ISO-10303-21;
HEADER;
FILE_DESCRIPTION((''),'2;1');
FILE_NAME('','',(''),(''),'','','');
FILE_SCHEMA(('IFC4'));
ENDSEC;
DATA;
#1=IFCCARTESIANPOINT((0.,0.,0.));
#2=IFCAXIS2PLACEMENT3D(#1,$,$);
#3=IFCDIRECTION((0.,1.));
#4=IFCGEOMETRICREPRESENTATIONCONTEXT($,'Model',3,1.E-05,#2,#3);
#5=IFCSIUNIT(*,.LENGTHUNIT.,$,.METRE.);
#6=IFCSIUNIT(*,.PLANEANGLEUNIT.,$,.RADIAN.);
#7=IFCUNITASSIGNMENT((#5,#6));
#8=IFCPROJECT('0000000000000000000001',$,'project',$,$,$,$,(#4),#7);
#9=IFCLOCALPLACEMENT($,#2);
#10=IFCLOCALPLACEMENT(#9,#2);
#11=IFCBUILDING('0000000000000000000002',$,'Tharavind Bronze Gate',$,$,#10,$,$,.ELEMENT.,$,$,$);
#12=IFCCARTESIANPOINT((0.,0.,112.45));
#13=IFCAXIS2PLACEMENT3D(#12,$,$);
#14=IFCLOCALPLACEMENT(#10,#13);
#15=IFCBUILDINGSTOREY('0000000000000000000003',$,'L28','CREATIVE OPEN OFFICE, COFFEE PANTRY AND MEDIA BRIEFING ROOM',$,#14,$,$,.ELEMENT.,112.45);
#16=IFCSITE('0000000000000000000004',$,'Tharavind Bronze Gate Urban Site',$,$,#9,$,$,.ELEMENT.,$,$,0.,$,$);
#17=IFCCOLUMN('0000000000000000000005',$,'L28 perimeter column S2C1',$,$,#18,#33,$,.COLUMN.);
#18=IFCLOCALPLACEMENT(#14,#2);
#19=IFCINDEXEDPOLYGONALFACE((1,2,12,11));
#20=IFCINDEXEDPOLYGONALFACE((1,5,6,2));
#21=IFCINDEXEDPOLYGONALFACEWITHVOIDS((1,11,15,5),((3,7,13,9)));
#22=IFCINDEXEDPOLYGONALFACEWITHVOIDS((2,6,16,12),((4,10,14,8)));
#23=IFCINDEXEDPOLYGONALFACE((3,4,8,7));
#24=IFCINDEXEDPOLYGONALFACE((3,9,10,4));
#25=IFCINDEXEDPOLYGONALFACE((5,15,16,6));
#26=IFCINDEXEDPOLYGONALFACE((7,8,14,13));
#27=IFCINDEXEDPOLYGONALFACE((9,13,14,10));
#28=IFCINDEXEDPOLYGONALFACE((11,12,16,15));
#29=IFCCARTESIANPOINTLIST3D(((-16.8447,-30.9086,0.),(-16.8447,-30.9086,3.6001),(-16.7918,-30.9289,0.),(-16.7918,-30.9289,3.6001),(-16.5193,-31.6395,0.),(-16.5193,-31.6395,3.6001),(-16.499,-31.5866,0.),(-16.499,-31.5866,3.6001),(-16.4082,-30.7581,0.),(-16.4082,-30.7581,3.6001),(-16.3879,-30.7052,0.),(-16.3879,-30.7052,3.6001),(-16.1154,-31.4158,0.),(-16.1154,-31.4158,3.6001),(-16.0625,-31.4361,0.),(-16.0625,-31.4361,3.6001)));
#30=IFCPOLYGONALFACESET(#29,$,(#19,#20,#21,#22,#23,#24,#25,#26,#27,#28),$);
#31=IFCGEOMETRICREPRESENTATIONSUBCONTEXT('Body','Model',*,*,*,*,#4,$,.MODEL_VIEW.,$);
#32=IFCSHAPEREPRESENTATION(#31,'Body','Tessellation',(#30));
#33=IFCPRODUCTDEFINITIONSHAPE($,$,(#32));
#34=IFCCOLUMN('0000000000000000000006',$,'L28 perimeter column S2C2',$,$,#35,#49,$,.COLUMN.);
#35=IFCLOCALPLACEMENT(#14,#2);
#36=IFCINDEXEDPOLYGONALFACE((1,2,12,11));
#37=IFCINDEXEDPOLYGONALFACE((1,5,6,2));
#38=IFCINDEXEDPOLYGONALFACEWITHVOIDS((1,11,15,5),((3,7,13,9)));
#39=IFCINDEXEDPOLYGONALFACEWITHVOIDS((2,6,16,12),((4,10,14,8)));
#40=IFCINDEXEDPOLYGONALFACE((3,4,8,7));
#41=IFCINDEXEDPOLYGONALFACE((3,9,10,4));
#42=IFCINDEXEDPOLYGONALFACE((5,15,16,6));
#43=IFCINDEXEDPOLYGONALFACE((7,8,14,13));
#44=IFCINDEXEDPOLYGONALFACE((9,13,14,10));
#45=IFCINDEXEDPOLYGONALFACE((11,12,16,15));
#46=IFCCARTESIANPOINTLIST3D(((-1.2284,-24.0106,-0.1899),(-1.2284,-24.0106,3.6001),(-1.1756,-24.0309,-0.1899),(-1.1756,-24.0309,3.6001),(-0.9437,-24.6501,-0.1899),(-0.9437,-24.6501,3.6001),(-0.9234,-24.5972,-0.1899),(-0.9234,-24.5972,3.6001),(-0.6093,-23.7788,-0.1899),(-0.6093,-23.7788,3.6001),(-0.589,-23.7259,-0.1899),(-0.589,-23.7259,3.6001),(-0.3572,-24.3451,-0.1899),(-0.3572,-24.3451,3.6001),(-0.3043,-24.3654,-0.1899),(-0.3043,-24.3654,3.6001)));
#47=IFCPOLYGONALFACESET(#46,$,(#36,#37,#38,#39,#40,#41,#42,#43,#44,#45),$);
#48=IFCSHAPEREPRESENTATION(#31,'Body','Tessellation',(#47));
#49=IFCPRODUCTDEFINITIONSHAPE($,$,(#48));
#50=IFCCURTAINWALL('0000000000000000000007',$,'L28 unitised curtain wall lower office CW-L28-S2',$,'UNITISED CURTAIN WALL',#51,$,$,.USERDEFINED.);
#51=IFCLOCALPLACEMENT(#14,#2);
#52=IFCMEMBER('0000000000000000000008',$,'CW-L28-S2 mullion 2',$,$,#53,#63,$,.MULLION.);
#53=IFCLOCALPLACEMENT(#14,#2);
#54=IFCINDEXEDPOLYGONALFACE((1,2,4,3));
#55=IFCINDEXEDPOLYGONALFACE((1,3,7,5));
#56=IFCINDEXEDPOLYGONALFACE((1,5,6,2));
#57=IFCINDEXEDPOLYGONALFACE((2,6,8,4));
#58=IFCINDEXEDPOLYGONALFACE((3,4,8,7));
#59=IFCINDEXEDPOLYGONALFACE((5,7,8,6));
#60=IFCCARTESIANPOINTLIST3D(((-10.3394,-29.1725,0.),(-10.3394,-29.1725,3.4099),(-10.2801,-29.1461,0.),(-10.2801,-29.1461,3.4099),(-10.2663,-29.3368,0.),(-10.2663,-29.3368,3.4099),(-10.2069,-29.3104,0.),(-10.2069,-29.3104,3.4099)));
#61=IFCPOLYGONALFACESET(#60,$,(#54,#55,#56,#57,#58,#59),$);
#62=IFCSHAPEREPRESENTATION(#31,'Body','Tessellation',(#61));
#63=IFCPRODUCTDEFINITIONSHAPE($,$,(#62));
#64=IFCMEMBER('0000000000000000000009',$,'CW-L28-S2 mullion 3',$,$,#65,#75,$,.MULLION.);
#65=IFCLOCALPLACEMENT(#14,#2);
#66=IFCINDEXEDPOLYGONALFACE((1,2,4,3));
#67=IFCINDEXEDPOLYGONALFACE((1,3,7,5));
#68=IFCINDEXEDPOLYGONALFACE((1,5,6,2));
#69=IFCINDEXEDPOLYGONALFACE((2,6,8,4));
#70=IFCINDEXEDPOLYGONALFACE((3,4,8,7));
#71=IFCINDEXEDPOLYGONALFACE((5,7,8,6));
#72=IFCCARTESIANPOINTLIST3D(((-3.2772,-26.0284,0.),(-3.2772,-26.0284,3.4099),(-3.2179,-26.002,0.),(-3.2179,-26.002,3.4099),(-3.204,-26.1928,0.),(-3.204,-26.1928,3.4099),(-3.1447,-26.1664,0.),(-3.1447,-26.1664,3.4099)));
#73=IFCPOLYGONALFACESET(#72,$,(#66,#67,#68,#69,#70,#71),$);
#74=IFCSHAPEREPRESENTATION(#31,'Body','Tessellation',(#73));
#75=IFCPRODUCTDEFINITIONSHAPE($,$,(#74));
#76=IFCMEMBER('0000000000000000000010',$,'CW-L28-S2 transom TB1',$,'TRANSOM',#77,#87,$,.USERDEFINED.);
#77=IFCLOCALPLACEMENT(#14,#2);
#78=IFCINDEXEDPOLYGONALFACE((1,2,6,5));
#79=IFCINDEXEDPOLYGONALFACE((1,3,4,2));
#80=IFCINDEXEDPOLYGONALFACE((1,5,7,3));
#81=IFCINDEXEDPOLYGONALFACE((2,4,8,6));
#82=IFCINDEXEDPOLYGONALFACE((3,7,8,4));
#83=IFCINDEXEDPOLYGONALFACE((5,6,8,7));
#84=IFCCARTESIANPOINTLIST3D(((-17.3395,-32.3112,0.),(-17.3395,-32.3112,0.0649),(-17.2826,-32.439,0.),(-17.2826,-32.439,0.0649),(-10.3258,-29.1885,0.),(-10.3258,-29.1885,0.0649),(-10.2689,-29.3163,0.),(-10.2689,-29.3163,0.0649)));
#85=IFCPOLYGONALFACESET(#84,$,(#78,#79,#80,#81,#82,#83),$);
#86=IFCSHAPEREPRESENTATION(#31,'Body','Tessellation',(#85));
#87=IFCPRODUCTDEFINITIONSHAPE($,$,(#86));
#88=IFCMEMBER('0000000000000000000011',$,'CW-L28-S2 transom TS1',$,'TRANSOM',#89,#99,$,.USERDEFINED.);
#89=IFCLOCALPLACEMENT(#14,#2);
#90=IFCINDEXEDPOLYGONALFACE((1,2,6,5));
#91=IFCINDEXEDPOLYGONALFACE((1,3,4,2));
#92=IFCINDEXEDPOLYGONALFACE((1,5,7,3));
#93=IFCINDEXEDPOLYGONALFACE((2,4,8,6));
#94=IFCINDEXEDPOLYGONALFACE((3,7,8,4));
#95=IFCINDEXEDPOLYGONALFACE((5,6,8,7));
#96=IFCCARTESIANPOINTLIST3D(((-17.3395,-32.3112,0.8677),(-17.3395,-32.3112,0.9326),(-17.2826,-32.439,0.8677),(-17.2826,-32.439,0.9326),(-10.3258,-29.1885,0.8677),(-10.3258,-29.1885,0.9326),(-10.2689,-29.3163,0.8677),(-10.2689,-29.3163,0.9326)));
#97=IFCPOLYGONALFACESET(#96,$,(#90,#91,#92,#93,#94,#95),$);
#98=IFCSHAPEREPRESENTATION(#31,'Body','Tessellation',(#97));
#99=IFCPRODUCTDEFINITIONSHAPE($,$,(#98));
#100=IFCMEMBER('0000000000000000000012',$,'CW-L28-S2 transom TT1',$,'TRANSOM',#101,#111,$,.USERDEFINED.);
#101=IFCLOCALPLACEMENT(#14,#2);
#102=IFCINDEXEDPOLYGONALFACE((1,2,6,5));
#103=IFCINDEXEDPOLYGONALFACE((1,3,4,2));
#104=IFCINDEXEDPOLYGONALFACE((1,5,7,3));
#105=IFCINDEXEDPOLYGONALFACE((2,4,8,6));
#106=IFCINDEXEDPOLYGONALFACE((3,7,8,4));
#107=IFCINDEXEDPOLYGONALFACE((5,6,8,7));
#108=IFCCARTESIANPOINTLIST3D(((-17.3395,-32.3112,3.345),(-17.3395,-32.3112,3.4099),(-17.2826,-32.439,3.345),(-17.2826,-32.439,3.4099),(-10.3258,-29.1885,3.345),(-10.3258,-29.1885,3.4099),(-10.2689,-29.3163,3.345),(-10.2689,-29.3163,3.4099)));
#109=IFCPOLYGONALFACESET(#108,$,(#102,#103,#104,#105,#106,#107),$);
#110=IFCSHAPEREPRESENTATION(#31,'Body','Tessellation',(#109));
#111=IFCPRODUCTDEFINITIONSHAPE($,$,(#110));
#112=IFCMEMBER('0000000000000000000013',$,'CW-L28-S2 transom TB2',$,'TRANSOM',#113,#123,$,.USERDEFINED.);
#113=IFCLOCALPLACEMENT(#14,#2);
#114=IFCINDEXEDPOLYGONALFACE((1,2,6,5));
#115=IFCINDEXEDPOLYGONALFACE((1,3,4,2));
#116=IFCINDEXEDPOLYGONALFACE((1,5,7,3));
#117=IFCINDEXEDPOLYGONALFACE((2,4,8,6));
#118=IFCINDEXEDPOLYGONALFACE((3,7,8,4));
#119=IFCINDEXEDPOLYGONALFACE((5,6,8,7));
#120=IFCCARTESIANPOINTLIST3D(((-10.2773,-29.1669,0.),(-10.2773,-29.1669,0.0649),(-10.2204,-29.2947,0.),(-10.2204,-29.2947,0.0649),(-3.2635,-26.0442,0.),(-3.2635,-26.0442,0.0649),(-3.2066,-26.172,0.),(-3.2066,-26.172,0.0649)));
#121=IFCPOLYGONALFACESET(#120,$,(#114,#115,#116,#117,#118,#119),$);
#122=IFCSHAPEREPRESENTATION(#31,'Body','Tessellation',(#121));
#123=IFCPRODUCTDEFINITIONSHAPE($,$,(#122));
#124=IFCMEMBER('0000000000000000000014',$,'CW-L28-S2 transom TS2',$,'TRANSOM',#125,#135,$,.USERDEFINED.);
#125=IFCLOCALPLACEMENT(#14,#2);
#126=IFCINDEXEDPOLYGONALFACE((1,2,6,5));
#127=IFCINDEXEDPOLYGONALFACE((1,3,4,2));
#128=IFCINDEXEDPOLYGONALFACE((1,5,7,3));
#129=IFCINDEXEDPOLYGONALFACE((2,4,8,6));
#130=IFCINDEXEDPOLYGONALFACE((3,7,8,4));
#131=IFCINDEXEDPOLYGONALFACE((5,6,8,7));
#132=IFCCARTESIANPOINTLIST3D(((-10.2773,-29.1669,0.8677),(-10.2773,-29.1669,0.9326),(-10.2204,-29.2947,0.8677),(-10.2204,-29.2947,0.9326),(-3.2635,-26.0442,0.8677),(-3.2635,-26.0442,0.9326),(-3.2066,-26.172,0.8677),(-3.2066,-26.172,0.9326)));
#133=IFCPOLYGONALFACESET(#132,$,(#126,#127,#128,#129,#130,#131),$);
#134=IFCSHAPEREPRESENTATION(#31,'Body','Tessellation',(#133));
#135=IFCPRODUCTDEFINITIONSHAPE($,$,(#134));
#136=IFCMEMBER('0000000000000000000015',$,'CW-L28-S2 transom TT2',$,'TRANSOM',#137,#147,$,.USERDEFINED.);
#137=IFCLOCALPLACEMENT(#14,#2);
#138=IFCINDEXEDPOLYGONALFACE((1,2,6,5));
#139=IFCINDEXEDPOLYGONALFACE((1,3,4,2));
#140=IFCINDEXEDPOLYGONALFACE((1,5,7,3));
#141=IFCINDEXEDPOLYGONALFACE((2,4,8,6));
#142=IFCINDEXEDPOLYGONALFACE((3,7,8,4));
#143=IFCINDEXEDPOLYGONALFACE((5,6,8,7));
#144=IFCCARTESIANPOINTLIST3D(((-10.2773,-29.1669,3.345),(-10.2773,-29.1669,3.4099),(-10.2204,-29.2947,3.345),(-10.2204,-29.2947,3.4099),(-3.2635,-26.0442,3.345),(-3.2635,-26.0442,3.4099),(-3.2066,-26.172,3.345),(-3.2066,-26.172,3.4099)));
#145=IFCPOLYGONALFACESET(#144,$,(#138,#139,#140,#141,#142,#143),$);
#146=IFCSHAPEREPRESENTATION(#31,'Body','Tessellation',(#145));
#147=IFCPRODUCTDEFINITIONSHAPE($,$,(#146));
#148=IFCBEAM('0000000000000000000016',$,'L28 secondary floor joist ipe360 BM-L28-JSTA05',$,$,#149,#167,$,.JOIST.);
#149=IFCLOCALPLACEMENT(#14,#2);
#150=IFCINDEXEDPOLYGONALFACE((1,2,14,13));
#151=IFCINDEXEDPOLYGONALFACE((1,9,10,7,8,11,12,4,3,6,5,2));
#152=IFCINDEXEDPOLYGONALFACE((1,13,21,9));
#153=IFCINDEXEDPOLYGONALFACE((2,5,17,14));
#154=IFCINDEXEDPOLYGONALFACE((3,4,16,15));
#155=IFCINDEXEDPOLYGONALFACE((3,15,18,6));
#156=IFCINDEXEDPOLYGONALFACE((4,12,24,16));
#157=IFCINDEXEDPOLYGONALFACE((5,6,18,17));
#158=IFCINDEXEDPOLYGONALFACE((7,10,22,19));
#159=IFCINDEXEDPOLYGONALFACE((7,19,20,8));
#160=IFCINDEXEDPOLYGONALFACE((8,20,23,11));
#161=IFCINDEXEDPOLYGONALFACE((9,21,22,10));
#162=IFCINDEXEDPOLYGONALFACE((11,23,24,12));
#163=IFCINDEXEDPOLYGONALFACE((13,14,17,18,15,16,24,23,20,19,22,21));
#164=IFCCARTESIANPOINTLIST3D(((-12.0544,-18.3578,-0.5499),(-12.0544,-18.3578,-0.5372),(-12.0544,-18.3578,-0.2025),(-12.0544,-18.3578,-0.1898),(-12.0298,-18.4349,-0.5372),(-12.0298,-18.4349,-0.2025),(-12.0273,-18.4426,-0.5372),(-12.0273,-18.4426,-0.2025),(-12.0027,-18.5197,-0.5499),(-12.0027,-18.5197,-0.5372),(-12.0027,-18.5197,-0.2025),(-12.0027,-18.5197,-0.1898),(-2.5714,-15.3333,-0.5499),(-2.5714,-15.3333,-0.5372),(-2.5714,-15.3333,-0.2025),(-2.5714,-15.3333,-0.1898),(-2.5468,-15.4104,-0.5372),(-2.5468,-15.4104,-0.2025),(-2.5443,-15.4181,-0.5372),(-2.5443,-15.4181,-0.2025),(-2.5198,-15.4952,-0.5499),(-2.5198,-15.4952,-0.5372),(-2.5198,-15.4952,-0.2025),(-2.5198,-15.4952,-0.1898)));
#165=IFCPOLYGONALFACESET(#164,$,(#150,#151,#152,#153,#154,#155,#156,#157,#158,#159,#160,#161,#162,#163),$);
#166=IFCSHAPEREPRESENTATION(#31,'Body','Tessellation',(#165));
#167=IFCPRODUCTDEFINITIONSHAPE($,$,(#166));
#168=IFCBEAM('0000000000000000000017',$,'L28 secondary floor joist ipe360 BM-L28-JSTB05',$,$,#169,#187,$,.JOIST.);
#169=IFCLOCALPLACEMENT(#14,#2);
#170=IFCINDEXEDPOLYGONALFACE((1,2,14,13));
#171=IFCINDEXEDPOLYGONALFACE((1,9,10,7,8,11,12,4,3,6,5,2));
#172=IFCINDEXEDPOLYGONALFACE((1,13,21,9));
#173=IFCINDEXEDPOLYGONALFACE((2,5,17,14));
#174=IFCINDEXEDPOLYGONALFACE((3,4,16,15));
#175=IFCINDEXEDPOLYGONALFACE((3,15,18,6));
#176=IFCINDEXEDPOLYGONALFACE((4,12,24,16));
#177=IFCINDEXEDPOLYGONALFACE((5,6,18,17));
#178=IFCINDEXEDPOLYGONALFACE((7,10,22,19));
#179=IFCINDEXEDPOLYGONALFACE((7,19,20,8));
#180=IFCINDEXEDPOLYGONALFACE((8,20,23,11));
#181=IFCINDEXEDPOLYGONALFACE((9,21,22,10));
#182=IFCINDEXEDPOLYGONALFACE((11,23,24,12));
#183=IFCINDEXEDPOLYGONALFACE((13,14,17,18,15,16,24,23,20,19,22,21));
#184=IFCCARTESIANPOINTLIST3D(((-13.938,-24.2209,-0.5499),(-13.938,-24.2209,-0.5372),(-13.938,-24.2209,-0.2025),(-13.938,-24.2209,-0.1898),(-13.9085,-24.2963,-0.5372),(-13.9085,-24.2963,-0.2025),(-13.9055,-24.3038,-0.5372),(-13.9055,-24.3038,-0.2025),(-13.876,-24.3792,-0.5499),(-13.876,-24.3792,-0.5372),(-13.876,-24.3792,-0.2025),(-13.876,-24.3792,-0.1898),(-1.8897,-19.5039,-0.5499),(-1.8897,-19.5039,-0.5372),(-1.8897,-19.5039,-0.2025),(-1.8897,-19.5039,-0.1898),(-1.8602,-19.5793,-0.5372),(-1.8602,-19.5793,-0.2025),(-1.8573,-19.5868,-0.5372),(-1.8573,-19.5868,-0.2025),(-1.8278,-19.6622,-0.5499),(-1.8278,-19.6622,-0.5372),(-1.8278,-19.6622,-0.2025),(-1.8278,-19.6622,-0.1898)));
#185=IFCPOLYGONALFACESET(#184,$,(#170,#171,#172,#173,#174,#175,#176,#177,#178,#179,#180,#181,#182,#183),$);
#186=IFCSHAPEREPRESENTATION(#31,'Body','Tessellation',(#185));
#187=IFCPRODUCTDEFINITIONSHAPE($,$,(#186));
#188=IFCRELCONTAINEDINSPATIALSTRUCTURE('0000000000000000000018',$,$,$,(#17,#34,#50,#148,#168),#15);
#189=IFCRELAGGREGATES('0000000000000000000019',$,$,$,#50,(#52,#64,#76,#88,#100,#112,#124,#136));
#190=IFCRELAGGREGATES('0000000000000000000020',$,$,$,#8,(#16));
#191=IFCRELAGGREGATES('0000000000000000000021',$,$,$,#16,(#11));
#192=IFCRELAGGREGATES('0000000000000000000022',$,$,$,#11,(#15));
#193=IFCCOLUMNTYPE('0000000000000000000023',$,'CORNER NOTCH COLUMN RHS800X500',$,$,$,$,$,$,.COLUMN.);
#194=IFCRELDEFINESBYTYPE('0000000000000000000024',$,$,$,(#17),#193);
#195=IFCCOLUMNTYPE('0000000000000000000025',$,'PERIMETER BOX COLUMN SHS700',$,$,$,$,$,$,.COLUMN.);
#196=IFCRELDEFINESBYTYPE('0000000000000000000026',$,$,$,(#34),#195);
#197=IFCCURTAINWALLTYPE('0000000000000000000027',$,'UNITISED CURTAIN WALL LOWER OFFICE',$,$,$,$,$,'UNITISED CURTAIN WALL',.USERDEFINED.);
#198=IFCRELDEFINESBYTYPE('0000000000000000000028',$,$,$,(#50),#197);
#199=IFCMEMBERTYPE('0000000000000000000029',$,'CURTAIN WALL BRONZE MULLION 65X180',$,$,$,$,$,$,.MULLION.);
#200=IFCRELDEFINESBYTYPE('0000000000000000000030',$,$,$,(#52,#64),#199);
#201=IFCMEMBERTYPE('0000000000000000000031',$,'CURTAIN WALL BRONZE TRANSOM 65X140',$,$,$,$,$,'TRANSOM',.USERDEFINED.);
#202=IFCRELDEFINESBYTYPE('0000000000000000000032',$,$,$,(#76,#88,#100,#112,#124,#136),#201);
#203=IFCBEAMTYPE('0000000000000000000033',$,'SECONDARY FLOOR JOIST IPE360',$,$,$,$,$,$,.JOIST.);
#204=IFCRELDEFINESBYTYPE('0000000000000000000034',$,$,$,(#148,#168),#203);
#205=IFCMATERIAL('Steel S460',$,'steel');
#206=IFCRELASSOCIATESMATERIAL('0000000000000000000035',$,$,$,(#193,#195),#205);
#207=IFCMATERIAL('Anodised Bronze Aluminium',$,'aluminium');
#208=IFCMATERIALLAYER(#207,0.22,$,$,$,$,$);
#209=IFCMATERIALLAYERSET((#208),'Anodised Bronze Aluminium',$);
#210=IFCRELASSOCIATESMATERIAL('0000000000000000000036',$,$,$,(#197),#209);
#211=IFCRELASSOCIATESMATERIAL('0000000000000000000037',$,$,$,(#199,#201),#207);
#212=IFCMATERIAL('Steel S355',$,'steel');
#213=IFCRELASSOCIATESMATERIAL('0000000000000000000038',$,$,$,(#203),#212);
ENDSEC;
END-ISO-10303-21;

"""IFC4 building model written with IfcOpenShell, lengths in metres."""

from ifc_helpers import new_model, si_unit, direction, frame, origin, origin_2d, place, context, subcontext, project, spatial, rectangle, hollow_rectangle, i_section, extrude, material, layer, layer_set, material_profile, profile_set, type_object, element, aggregate, save


model = new_model("IFC4")

# Units and contexts
model_context = context("Model", 3, precision=1e-05, world=origin(), true_north=direction((0.0, 1.0)))
body_context = subcontext(model_context, "Body", "Model", "MODEL_VIEW")
ifc_project = project(units=[si_unit("LENGTHUNIT", "METRE"), si_unit("PLANEANGLEUNIT", "RADIAN")], contexts=[model_context])

# Site, building, storey
site_placement = place(None, origin())
site = spatial("IfcSite", under=ifc_project, at=site_placement, Name="Tharavind Bronze Gate Urban Site", CompositionType="ELEMENT", RefElevation=0.0)
building_placement = place(site_placement, origin())
building = spatial("IfcBuilding", under=site, at=building_placement, Name="Tharavind Bronze Gate", CompositionType="ELEMENT")
storey_placement = place(building_placement, frame((0.0, 0.0, 112.45)))
storey = spatial("IfcBuildingStorey", under=building, at=storey_placement, Name="L28", Description="CREATIVE OPEN OFFICE, COFFEE PANTRY AND MEDIA BRIEFING ROOM", CompositionType="ELEMENT", Elevation=112.45)

# Columns
ifc_material_1 = material(Name="Steel S460", Category="steel")
ifc_material_profile_1 = material_profile(ifc_material_1, hollow_rectangle(XDim=0.5, YDim=0.8, WallThickness=0.04, at=origin_2d()), Name="RHS800X500X40")
ifc_profile_set_1 = profile_set([ifc_material_profile_1], Name="Steel S460")
column_type_1 = type_object("IfcColumnType", Name="CORNER NOTCH COLUMN RHS800X500", PredefinedType="COLUMN", material=ifc_profile_set_1)
column_1_placement = place(storey_placement, frame((-16.4536, -31.1724, 0.0), z_axis=(0.0, 0.0, 1.0), x_axis=(0.913545, 0.406737, 0.0)))
element("IfcColumn", 1, at=column_1_placement, inside=storey, type_object=column_type_1, Name="L28 perimeter column S2C1", PredefinedType="COLUMN", context=body_context, shape_type="SweptSolid", body=[
    extrude(hollow_rectangle(XDim=0.5, YDim=0.8, WallThickness=0.04, at=origin_2d()), origin(), (0.0, 0.0, 1.0), 3.6001),
])
ifc_material_profile_2 = material_profile(ifc_material_1, hollow_rectangle(XDim=0.7, YDim=0.7, WallThickness=0.04, at=origin_2d()), Name="SHS700X40")
ifc_profile_set_2 = profile_set([ifc_material_profile_2], Name="Steel S460")
column_type_2 = type_object("IfcColumnType", Name="PERIMETER BOX COLUMN SHS700", PredefinedType="COLUMN", material=ifc_profile_set_2)
column_2_placement = place(storey_placement, frame((-0.7664, -24.188, -0.1899), z_axis=(0.0, 0.0, 1.0), x_axis=(0.913545, 0.406737, 0.0)))
element("IfcColumn", 2, at=column_2_placement, inside=storey, type_object=column_type_2, Name="L28 perimeter column S2C2", PredefinedType="COLUMN", context=body_context, shape_type="SweptSolid", body=[
    extrude(hollow_rectangle(XDim=0.7, YDim=0.7, WallThickness=0.04, at=origin_2d()), origin(), (0.0, 0.0, 1.0), 3.79),
])

# Curtain wall, members
ifc_material_2 = material(Name="Anodised Bronze Aluminium", Category="aluminium")
ifc_layer_1 = layer(ifc_material_2, 0.22)
ifc_layer_set_1 = layer_set([ifc_layer_1], Name="Anodised Bronze Aluminium")
curtain_wall_type = type_object("IfcCurtainWallType", Name="UNITISED CURTAIN WALL LOWER OFFICE", ElementType="UNITISED CURTAIN WALL", PredefinedType="USERDEFINED", material=ifc_layer_set_1)
curtain_wall_placement = place(storey_placement, origin())
curtain_wall = element("IfcCurtainWall", 3, at=curtain_wall_placement, inside=storey, type_object=curtain_wall_type, Name="L28 unitised curtain wall lower office CW-L28-S2", ObjectType="UNITISED CURTAIN WALL", PredefinedType="USERDEFINED")
member_type_1 = type_object("IfcMemberType", Name="CURTAIN WALL BRONZE MULLION 65X180", PredefinedType="MULLION", material=ifc_material_2)
member_1_placement = place(storey_placement, frame((-10.2732, -29.2415, 0.0), z_axis=(0.0, 0.0, 1.0), x_axis=(0.913545, 0.406737, 0.0)))
member_1 = element("IfcMember", 4, at=member_1_placement, type_object=member_type_1, Name="CW-L28-S2 mullion 2", PredefinedType="MULLION", context=body_context, shape_type="SweptSolid", body=[
    extrude(rectangle(XDim=0.0649, YDim=0.1799, at=origin_2d()), origin(), (0.0, 0.0, 1.0), 3.4099),
])
member_2_placement = place(storey_placement, frame((-3.2109, -26.0974, 0.0), z_axis=(0.0, 0.0, 1.0), x_axis=(0.913545, 0.406737, 0.0)))
member_2 = element("IfcMember", 5, at=member_2_placement, type_object=member_type_1, Name="CW-L28-S2 mullion 3", PredefinedType="MULLION", context=body_context, shape_type="SweptSolid", body=[
    extrude(rectangle(XDim=0.0649, YDim=0.1799, at=origin_2d()), origin(), (0.0, 0.0, 1.0), 3.4099),
])
member_type_2 = type_object("IfcMemberType", Name="CURTAIN WALL BRONZE TRANSOM 65X140", ElementType="TRANSOM", PredefinedType="USERDEFINED", material=ifc_material_2)
member_3_placement = place(storey_placement, frame((-13.8042, -30.8137, 0.0), z_axis=(0.0, 0.0, 1.0), x_axis=(0.913545, 0.406737, 0.0)))
member_3 = element("IfcMember", 6, at=member_3_placement, type_object=member_type_2, Name="CW-L28-S2 transom TB1", ObjectType="TRANSOM", PredefinedType="USERDEFINED", context=body_context, shape_type="SweptSolid", body=[
    extrude(rectangle(XDim=7.6775, YDim=0.1399, at=origin_2d()), origin(), (0.0, 0.0, 1.0), 0.0649),
])
member_4_placement = place(storey_placement, frame((-13.8042, -30.8137, 0.8677), z_axis=(0.0, 0.0, 1.0), x_axis=(0.913545, 0.406737, 0.0)))
member_4 = element("IfcMember", 7, at=member_4_placement, type_object=member_type_2, Name="CW-L28-S2 transom TS1", ObjectType="TRANSOM", PredefinedType="USERDEFINED", context=body_context, shape_type="SweptSolid", body=[
    extrude(rectangle(XDim=7.6775, YDim=0.1399, at=origin_2d()), origin(), (0.0, 0.0, 1.0), 0.0649),
])
member_5_placement = place(storey_placement, frame((-13.8042, -30.8137, 3.345), z_axis=(0.0, 0.0, 1.0), x_axis=(0.913545, 0.406737, 0.0)))
member_5 = element("IfcMember", 8, at=member_5_placement, type_object=member_type_2, Name="CW-L28-S2 transom TT1", ObjectType="TRANSOM", PredefinedType="USERDEFINED", context=body_context, shape_type="SweptSolid", body=[
    extrude(rectangle(XDim=7.6775, YDim=0.1399, at=origin_2d()), origin(), (0.0, 0.0, 1.0), 0.0649),
])
member_6_placement = place(storey_placement, frame((-6.7419, -27.6694, 0.0), z_axis=(0.0, 0.0, 1.0), x_axis=(0.913545, 0.406737, 0.0)))
member_6 = element("IfcMember", 9, at=member_6_placement, type_object=member_type_2, Name="CW-L28-S2 transom TB2", ObjectType="TRANSOM", PredefinedType="USERDEFINED", context=body_context, shape_type="SweptSolid", body=[
    extrude(rectangle(XDim=7.6775, YDim=0.1399, at=origin_2d()), origin(), (0.0, 0.0, 1.0), 0.0649),
])
member_7_placement = place(storey_placement, frame((-6.7419, -27.6694, 0.8677), z_axis=(0.0, 0.0, 1.0), x_axis=(0.913545, 0.406737, 0.0)))
member_7 = element("IfcMember", 10, at=member_7_placement, type_object=member_type_2, Name="CW-L28-S2 transom TS2", ObjectType="TRANSOM", PredefinedType="USERDEFINED", context=body_context, shape_type="SweptSolid", body=[
    extrude(rectangle(XDim=7.6775, YDim=0.1399, at=origin_2d()), origin(), (0.0, 0.0, 1.0), 0.0649),
])
member_8_placement = place(storey_placement, frame((-6.7419, -27.6694, 3.345), z_axis=(0.0, 0.0, 1.0), x_axis=(0.913545, 0.406737, 0.0)))
member_8 = element("IfcMember", 11, at=member_8_placement, type_object=member_type_2, Name="CW-L28-S2 transom TT2", ObjectType="TRANSOM", PredefinedType="USERDEFINED", context=body_context, shape_type="SweptSolid", body=[
    extrude(rectangle(XDim=7.6775, YDim=0.1399, at=origin_2d()), origin(), (0.0, 0.0, 1.0), 0.0649),
])

# Beams
ifc_material_3 = material(Name="Steel S355", Category="steel")
ifc_material_profile_3 = material_profile(ifc_material_3, i_section(OverallWidth=0.1699, OverallDepth=0.3601, WebThickness=0.0081, FlangeThickness=0.0127, at=origin_2d()), Name="IPE360")
ifc_profile_set_3 = profile_set([ifc_material_profile_3], Name="Steel S355")
beam_type_1 = type_object("IfcBeamType", Name="SECONDARY FLOOR JOIST IPE360", PredefinedType="JOIST", material=ifc_profile_set_3)
beam_1_placement = place(storey_placement, frame((-12.0286, -18.4387, -0.3699), z_axis=(0.952719, 0.303854, 0.0), x_axis=(-0.303854, 0.952719, 0.0)))
element("IfcBeam", 12, at=beam_1_placement, inside=storey, type_object=beam_type_1, Name="L28 secondary floor joist ipe360 BM-L28-JSTA05", PredefinedType="JOIST", context=body_context, shape_type="SweptSolid", body=[
    extrude(i_section(OverallWidth=0.1699, OverallDepth=0.3601, WebThickness=0.0081, FlangeThickness=0.0127, at=origin_2d()), origin(), (0.0, 0.0, 1.0), 9.9536),
])
beam_2_placement = place(storey_placement, frame((-13.907, -24.3, -0.3699), z_axis=(0.931178, 0.364565, 0.0), x_axis=(-0.364565, 0.931178, 0.0)))
element("IfcBeam", 13, at=beam_2_placement, inside=storey, type_object=beam_type_1, Name="L28 secondary floor joist ipe360 BM-L28-JSTB05", PredefinedType="JOIST", context=body_context, shape_type="SweptSolid", body=[
    extrude(i_section(OverallWidth=0.1699, OverallDepth=0.3601, WebThickness=0.0081, FlangeThickness=0.0127, at=origin_2d()), origin(), (0.0, 0.0, 1.0), 12.9387),
])

aggregate(curtain_wall, [member_1, member_2, member_3, member_4, member_5, member_6, member_7, member_8])

save(model, "model.ifc")
